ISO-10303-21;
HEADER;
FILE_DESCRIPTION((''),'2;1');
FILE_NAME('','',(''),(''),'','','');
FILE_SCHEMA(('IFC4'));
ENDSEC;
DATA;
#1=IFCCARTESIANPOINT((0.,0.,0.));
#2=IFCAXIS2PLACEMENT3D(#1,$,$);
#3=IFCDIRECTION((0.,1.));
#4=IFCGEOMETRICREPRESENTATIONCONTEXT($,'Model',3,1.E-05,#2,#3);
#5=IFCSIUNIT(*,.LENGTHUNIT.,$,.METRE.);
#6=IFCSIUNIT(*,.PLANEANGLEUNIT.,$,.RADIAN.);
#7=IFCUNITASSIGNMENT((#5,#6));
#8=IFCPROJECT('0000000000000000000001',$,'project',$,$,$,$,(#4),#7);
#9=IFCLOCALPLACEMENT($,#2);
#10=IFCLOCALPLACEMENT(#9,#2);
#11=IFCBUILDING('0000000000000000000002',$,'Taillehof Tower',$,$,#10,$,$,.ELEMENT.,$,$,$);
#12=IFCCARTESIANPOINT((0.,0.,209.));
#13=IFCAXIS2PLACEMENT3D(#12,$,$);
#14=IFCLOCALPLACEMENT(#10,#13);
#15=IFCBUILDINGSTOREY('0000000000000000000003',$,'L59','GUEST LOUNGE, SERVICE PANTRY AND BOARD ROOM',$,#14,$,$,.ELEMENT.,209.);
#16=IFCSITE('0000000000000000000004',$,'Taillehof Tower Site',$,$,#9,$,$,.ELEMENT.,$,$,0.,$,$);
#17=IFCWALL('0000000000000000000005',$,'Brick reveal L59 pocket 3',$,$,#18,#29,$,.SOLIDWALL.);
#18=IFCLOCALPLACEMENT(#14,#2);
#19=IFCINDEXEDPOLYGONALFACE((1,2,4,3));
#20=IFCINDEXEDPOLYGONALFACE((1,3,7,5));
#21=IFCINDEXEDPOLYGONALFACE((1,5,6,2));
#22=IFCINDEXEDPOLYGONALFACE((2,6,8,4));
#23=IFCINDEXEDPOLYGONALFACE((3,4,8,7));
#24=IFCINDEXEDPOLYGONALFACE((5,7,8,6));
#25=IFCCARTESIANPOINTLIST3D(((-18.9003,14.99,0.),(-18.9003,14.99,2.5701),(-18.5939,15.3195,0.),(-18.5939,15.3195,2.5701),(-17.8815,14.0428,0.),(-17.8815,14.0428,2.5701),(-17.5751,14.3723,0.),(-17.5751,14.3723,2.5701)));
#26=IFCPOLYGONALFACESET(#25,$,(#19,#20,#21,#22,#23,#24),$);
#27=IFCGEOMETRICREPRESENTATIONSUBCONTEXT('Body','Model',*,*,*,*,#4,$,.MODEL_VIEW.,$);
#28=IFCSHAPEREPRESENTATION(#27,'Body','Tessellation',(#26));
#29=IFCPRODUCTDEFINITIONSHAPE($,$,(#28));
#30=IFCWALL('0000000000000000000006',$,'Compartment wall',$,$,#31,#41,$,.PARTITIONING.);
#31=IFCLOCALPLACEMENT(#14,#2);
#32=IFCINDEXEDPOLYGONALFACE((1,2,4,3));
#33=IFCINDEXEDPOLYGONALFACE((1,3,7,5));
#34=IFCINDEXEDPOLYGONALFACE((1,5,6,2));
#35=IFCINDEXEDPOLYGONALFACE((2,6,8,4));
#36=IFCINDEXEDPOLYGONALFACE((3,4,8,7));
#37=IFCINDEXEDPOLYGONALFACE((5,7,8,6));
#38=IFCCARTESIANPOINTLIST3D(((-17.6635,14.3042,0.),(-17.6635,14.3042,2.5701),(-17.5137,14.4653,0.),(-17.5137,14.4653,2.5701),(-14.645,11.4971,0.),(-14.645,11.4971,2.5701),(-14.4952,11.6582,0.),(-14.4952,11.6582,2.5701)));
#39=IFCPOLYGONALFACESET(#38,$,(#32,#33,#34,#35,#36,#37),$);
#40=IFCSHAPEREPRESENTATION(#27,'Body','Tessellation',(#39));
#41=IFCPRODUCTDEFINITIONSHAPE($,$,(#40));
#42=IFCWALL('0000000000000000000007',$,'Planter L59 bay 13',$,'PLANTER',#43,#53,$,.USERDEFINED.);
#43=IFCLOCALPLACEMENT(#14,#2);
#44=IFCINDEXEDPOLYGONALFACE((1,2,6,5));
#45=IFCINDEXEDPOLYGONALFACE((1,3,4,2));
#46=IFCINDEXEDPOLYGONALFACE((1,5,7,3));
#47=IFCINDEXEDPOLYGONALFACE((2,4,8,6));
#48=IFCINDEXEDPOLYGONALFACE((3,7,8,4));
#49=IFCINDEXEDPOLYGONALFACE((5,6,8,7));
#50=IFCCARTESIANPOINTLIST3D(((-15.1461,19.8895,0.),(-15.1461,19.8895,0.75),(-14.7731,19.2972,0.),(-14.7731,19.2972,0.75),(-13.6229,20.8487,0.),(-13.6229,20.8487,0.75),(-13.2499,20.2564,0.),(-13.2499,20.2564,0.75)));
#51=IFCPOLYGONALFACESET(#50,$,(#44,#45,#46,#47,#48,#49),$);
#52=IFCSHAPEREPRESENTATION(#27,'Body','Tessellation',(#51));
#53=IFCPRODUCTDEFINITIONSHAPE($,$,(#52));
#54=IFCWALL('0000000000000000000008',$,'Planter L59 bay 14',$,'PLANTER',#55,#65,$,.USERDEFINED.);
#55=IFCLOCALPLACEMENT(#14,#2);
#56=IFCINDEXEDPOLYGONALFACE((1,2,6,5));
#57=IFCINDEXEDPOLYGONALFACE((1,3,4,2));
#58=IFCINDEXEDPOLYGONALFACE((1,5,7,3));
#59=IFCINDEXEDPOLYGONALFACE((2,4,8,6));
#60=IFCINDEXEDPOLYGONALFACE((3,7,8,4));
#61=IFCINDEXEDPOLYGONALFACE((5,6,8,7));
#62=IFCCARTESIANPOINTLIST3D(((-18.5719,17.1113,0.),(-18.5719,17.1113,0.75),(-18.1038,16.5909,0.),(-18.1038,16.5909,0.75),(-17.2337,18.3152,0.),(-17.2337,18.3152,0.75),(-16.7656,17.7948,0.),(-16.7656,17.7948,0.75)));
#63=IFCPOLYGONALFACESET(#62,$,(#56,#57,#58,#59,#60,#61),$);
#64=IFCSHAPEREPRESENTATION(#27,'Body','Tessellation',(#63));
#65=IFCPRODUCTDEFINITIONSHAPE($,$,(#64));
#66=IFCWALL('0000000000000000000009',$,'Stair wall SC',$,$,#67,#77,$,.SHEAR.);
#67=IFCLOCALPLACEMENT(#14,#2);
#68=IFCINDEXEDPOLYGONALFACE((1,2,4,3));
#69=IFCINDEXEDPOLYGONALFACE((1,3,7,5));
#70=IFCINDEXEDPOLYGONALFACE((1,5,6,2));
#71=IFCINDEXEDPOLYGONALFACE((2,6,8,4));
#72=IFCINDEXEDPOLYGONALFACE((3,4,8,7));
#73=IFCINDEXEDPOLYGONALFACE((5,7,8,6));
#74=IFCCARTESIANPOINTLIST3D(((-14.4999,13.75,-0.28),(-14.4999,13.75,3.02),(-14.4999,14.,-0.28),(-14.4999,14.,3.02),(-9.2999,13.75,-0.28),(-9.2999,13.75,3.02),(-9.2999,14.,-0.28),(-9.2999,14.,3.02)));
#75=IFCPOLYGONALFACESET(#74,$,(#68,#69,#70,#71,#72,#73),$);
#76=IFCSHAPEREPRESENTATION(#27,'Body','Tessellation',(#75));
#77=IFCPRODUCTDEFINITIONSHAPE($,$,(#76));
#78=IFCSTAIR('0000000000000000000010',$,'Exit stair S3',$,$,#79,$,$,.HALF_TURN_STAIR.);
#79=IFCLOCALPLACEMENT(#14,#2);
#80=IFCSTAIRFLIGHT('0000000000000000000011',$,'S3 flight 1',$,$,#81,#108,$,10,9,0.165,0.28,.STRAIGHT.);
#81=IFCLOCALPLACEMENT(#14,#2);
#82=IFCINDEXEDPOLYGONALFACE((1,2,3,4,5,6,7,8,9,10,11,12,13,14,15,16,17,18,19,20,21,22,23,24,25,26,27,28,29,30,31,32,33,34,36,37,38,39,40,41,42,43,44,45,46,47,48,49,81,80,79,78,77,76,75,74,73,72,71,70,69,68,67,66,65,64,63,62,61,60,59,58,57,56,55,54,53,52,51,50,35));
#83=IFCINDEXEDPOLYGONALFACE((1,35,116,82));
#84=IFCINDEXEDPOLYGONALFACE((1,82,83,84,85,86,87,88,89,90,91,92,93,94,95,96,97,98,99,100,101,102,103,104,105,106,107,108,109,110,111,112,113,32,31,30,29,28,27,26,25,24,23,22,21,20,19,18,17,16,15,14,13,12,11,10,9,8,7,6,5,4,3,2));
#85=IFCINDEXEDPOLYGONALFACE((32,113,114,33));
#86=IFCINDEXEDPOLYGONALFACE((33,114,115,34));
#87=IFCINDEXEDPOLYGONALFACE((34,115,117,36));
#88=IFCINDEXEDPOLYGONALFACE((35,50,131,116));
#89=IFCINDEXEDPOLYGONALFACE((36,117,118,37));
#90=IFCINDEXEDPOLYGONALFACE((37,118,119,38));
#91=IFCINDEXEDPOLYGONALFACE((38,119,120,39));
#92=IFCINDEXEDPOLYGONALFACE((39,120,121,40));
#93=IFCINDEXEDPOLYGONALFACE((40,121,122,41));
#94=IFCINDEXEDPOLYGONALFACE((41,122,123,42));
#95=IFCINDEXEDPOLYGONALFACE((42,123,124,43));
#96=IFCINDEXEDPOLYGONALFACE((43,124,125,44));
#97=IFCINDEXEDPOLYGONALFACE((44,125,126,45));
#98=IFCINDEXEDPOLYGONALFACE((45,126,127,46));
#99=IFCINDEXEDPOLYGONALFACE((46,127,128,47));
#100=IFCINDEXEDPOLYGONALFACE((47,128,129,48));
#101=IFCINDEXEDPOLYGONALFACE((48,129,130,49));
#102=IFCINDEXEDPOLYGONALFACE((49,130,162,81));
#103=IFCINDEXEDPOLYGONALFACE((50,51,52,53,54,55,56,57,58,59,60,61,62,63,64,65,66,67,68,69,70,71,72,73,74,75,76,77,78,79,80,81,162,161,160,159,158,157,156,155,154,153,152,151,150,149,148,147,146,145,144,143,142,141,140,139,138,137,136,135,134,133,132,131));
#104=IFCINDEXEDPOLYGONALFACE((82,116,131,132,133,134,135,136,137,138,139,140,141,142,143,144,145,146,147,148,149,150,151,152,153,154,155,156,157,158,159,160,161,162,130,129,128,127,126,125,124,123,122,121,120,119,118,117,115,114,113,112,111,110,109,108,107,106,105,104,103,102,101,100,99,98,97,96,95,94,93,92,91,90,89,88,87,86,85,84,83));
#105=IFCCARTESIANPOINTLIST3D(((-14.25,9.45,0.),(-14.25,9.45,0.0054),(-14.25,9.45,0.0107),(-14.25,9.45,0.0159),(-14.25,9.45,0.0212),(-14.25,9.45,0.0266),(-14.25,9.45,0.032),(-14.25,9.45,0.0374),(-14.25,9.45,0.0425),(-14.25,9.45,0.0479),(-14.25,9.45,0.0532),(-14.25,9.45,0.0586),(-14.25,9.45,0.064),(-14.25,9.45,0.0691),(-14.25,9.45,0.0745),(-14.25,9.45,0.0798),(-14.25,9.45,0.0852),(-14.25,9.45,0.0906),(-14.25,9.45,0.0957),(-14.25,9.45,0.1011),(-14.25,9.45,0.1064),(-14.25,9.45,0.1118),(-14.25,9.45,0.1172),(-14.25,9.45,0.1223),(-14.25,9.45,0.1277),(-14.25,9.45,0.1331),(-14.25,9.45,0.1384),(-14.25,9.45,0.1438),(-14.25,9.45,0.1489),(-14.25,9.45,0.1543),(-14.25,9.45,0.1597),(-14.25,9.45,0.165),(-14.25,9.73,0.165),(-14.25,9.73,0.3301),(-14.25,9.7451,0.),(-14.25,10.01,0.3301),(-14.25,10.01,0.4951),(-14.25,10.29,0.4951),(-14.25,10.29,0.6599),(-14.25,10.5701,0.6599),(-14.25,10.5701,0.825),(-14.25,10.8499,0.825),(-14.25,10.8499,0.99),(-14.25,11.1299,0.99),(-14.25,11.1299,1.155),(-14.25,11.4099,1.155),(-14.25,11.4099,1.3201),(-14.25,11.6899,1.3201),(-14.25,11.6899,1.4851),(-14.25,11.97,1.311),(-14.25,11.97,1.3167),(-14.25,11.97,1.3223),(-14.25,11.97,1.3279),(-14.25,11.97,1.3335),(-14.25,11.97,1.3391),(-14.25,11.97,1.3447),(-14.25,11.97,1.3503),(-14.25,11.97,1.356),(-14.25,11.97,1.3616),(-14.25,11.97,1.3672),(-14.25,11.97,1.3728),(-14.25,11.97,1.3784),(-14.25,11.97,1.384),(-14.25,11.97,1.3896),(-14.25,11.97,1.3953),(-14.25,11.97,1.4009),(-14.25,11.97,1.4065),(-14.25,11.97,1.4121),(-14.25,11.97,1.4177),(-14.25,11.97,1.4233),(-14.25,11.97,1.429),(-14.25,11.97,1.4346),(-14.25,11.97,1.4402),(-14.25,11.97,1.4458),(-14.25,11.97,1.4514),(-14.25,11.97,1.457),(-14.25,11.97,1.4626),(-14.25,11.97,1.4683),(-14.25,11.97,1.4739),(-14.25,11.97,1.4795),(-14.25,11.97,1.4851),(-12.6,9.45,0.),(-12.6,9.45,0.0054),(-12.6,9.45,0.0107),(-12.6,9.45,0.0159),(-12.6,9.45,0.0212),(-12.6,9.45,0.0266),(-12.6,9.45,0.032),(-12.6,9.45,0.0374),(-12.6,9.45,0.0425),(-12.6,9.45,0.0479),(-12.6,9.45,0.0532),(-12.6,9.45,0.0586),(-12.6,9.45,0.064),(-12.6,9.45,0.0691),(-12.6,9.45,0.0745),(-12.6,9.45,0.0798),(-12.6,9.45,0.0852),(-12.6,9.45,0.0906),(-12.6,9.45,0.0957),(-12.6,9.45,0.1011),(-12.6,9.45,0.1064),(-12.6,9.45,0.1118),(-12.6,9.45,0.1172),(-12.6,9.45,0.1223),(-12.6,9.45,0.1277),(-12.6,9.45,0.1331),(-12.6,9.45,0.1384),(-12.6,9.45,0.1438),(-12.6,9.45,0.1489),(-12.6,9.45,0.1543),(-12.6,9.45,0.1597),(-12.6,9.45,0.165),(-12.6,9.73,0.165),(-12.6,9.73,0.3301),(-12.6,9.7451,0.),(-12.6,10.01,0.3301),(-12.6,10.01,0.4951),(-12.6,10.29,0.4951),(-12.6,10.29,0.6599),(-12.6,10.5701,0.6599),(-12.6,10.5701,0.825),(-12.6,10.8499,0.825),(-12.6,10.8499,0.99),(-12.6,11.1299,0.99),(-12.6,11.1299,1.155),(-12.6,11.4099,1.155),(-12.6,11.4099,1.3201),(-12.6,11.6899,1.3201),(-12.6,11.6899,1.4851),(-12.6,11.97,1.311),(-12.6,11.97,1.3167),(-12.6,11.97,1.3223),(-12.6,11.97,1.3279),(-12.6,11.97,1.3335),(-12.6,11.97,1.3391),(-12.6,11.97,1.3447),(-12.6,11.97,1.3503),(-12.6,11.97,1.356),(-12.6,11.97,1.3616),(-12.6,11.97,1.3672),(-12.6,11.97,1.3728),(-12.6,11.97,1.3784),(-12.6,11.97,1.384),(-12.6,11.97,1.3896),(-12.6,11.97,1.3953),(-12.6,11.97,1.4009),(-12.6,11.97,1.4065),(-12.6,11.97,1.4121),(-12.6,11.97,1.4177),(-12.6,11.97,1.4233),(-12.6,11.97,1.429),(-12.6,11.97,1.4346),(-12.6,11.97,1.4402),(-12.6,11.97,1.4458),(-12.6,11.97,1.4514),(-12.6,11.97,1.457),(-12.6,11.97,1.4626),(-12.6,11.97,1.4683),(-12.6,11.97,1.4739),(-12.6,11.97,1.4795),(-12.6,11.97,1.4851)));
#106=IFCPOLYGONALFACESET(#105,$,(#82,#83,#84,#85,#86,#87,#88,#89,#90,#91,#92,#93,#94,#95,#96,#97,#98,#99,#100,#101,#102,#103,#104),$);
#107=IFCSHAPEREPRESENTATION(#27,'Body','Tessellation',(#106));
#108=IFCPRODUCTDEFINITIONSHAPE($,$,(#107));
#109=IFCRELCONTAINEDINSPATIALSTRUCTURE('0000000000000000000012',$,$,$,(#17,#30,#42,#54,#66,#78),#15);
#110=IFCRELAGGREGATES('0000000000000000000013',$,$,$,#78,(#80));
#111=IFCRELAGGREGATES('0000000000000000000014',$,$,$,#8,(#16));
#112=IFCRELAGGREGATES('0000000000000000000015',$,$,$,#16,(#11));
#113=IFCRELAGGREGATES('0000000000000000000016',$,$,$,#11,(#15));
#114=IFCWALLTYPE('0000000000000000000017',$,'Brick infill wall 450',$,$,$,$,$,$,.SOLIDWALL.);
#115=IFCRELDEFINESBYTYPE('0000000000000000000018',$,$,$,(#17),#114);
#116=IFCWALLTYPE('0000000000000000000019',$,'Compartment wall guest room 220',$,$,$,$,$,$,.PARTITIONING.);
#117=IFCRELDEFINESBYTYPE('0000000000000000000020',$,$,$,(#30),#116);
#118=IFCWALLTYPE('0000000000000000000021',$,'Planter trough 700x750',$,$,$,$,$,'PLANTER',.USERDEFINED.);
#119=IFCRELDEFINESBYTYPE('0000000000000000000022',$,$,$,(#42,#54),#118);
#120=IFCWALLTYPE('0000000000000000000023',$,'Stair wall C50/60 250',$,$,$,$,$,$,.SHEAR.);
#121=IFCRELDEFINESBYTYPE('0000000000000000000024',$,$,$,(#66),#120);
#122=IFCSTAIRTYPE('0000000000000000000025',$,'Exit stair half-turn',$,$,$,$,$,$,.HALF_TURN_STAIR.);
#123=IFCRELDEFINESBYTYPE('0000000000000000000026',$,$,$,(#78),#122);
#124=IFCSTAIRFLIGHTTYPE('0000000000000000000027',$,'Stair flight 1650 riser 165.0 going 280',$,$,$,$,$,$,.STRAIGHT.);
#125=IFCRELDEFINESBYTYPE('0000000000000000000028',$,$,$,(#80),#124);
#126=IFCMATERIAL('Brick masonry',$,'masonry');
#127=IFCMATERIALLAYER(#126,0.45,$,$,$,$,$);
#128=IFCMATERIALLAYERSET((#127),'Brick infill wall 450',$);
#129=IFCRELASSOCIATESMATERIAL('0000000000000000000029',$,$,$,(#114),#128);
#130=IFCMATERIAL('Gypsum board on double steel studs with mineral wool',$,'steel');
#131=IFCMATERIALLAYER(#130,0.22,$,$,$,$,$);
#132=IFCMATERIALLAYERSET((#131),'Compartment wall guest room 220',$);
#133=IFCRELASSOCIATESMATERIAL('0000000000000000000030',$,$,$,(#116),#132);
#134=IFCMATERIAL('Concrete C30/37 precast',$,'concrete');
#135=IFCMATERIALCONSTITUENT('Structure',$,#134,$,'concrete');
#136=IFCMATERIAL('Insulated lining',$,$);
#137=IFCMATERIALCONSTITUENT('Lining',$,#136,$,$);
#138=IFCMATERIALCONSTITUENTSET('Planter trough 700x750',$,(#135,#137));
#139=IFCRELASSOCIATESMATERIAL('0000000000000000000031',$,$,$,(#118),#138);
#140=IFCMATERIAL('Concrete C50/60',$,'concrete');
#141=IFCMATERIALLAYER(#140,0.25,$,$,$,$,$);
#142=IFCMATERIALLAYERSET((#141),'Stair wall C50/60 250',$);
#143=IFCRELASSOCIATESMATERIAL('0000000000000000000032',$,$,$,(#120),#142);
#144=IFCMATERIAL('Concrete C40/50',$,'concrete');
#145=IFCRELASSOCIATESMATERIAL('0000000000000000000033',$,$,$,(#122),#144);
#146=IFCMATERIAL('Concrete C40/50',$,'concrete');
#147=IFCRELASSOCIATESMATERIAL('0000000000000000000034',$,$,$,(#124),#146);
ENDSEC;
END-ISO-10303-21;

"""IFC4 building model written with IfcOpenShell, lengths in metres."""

from ifc_helpers import new_model, si_unit, direction, frame, frame_2d, origin, place, context, subcontext, project, spatial, polyline, rectangle, outline, extrude, material, layer, layer_set, constituent, constituent_set, type_object, element, aggregate, save


model = new_model("IFC4")

# Units and contexts
model_context = context("Model", 3, precision=1e-05, world=origin(), true_north=direction((0.0, 1.0)))
body_context = subcontext(model_context, "Body", "Model", "MODEL_VIEW")
ifc_project = project(units=[si_unit("LENGTHUNIT", "METRE"), si_unit("PLANEANGLEUNIT", "RADIAN")], contexts=[model_context])

# Site, building, storey
site_placement = place(None, origin())
site = spatial("IfcSite", under=ifc_project, at=site_placement, Name="Taillehof Tower Site", CompositionType="ELEMENT", RefElevation=0.0)
building_placement = place(site_placement, origin())
building = spatial("IfcBuilding", under=site, at=building_placement, Name="Taillehof Tower", CompositionType="ELEMENT")
storey_placement = place(building_placement, frame((0.0, 0.0, 209.0)))
storey = spatial("IfcBuildingStorey", under=building, at=storey_placement, Name="L59", Description="GUEST LOUNGE, SERVICE PANTRY AND BOARD ROOM", CompositionType="ELEMENT", Elevation=209.0)

# Shared definitions
ifc_material_1 = material(Name="Brick masonry", Category="masonry")
ifc_layer_1 = layer(ifc_material_1, 0.45)
ifc_layer_set_1 = layer_set([ifc_layer_1], Name="Brick infill wall 450")
wall_type_1 = type_object("IfcWallType", Name="Brick infill wall 450", PredefinedType="SOLIDWALL", material=ifc_layer_set_1)

# Wall
wall_1_placement = place(storey_placement, frame((-18.7471, 15.1548, 0.0), z_axis=(0.0, 0.0, 1.0), x_axis=(0.73235, -0.680929, 0.0)))
element("IfcWall", 1, at=wall_1_placement, inside=storey, type_object=wall_type_1, Name="Brick reveal L59 pocket 3", PredefinedType="SOLIDWALL", context=body_context, shape_type="SweptSolid", body=[
    extrude(rectangle(XDim=1.3911, YDim=0.45, at=frame_2d((0.6956, 0.0))), origin(), (0.0, 0.0, 1.0), 2.5701),
])

# Walls
ifc_material_2 = material(Name="Gypsum board on double steel studs with mineral wool", Category="steel")
ifc_layer_2 = layer(ifc_material_2, 0.22)
ifc_layer_set_2 = layer_set([ifc_layer_2], Name="Compartment wall guest room 220")
wall_type_2 = type_object("IfcWallType", Name="Compartment wall guest room 220", PredefinedType="PARTITIONING", material=ifc_layer_set_2)
wall_2_placement = place(storey_placement, frame((-17.5886, 14.3848, 0.0), z_axis=(0.0, 0.0, 1.0), x_axis=(0.732287, -0.680996, 0.0)))
element("IfcWall", 2, at=wall_2_placement, inside=storey, type_object=wall_type_2, Name="Compartment wall", PredefinedType="PARTITIONING", context=body_context, shape_type="SweptSolid", body=[
    extrude(rectangle(XDim=4.1221, YDim=0.22, at=frame_2d((2.061, 0.0))), origin(), (0.0, 0.0, 1.0), 2.5701),
])
ifc_material_3 = material(Name="Concrete C30/37 precast", Category="concrete")
ifc_constituent_1 = constituent(ifc_material_3, Name="Structure", Category="concrete")
ifc_material_4 = material(Name="Insulated lining")
ifc_constituent_2 = constituent(ifc_material_4, Name="Lining")
ifc_constituent_set = constituent_set(constituents=[ifc_constituent_1, ifc_constituent_2], Name="Planter trough 700x750")
wall_type_3 = type_object("IfcWallType", Name="Planter trough 700x750", ElementType="PLANTER", PredefinedType="USERDEFINED", material=ifc_constituent_set)
for number, where, z_axis, x_axis, name in (
    (3, (-13.4365, 20.5525, 0.0), (0.0, 0.0, 1.0), (-0.846188, -0.532885, 0.0), "Planter L59 bay 13"),
    (4, (-16.9998, 18.0549, 0.0), (0.0, 0.0, 1.0), (-0.743422, -0.668822, 0.0), "Planter L59 bay 14"),
):
    element("IfcWall", number, at=place(storey_placement, frame(where, z_axis=z_axis, x_axis=x_axis)), inside=storey, type_object=wall_type_3, Name=name, ObjectType="PLANTER", PredefinedType="USERDEFINED", context=body_context, shape_type="SweptSolid", body=[
        extrude(rectangle(XDim=1.8, YDim=0.7, at=frame_2d((0.8999, 0.0))), origin(), (0.0, 0.0, 1.0), 0.75),
    ])
ifc_material_5 = material(Name="Concrete C50/60", Category="concrete")
ifc_layer_3 = layer(ifc_material_5, 0.25)
ifc_layer_set_3 = layer_set([ifc_layer_3], Name="Stair wall C50/60 250")
wall_type_4 = type_object("IfcWallType", Name="Stair wall C50/60 250", PredefinedType="SHEAR", material=ifc_layer_set_3)
wall_3_placement = place(storey_placement, frame((-14.5, 13.875, -0.28), z_axis=(0.0, 0.0, 1.0), x_axis=(1.0, 0.0, 0.0)))
element("IfcWall", 5, at=wall_3_placement, inside=storey, type_object=wall_type_4, Name="Stair wall SC", PredefinedType="SHEAR", context=body_context, shape_type="SweptSolid", body=[
    extrude(rectangle(XDim=5.2, YDim=0.25, at=frame_2d((2.6001, 0.0))), origin(), (0.0, 0.0, 1.0), 3.3),
])

# Stair, stair flight
ifc_material_6 = material(Name="Concrete C40/50", Category="concrete")
stair_type = type_object("IfcStairType", Name="Exit stair half-turn", PredefinedType="HALF_TURN_STAIR", material=ifc_material_6)
stair_placement = place(storey_placement, origin())
stair = element("IfcStair", 6, at=stair_placement, inside=storey, type_object=stair_type, Name="Exit stair S3", PredefinedType="HALF_TURN_STAIR")
ifc_material_7 = material(Name="Concrete C40/50", Category="concrete")
stair_flight_type = type_object("IfcStairFlightType", Name="Stair flight 1650 riser 165.0 going 280", PredefinedType="STRAIGHT", material=ifc_material_7)
stair_flight_placement = place(storey_placement, frame((-13.425, 9.45, 0.0), z_axis=(0.0, 0.0, 1.0), x_axis=(0.0, 1.0, 0.0)))
stair_flight = element("IfcStairFlight", 7, at=stair_flight_placement, type_object=stair_flight_type, Name="S3 flight 1", NumberOfRisers=10, NumberOfTreads=9, PredefinedType="STRAIGHT", RiserHeight=0.165, TreadLength=0.28, context=body_context, shape_type="SweptSolid", body=[
    extrude(outline(polyline([(0.0, 0.0), (0.0, 0.0054), (0.0, 0.0107), (0.0, 0.0159), (0.0, 0.0212), (0.0, 0.0266), (0.0, 0.032), (0.0, 0.0374), (0.0, 0.0425), (0.0, 0.0479), (0.0, 0.0532), (0.0, 0.0586), (0.0, 0.064), (0.0, 0.0691), (0.0, 0.0745), (0.0, 0.0798), (0.0, 0.0852), (0.0, 0.0906), (0.0, 0.0957), (0.0, 0.1011), (0.0, 0.1064), (0.0, 0.1118), (0.0, 0.1172), (0.0, 0.1223), (0.0, 0.1277), (0.0, 0.1331), (0.0, 0.1384), (0.0, 0.1438), (0.0, 0.1489), (0.0, 0.1543), (0.0, 0.1597), (0.0, 0.165), (0.28, 0.165), (0.28, 0.3301), (0.5601, 0.3301), (0.5601, 0.4951), (0.8401, 0.4951), (0.8401, 0.6599), (1.1201, 0.6599), (1.1201, 0.825), (1.3999, 0.825), (1.3999, 0.99), (1.6799, 0.99), (1.6799, 1.155), (1.96, 1.155), (1.96, 1.3201), (2.24, 1.3201), (2.24, 1.4851), (2.52, 1.4851), (2.52, 1.4795), (2.52, 1.4739), (2.52, 1.4683), (2.52, 1.4626), (2.52, 1.457), (2.52, 1.4514), (2.52, 1.4458), (2.52, 1.4402), (2.52, 1.4346), (2.52, 1.429), (2.52, 1.4233), (2.52, 1.4177), (2.52, 1.4121), (2.52, 1.4065), (2.52, 1.4009), (2.52, 1.3953), (2.52, 1.3896), (2.52, 1.384), (2.52, 1.3784), (2.52, 1.3728), (2.52, 1.3672), (2.52, 1.3616), (2.52, 1.356), (2.52, 1.3503), (2.52, 1.3447), (2.52, 1.3391), (2.52, 1.3335), (2.52, 1.3279), (2.52, 1.3223), (2.52, 1.3167), (2.52, 1.311), (0.2952, 0.0), (0.0, 0.0)])), frame((0.0, 0.825, 0.0), z_axis=(0.0, -1.0, 0.0), x_axis=(1.0, 0.0, 0.0)), (0.0, 0.0, 1.0), 1.65),
])
aggregate(stair, [stair_flight])

save(model, "model.ifc")
